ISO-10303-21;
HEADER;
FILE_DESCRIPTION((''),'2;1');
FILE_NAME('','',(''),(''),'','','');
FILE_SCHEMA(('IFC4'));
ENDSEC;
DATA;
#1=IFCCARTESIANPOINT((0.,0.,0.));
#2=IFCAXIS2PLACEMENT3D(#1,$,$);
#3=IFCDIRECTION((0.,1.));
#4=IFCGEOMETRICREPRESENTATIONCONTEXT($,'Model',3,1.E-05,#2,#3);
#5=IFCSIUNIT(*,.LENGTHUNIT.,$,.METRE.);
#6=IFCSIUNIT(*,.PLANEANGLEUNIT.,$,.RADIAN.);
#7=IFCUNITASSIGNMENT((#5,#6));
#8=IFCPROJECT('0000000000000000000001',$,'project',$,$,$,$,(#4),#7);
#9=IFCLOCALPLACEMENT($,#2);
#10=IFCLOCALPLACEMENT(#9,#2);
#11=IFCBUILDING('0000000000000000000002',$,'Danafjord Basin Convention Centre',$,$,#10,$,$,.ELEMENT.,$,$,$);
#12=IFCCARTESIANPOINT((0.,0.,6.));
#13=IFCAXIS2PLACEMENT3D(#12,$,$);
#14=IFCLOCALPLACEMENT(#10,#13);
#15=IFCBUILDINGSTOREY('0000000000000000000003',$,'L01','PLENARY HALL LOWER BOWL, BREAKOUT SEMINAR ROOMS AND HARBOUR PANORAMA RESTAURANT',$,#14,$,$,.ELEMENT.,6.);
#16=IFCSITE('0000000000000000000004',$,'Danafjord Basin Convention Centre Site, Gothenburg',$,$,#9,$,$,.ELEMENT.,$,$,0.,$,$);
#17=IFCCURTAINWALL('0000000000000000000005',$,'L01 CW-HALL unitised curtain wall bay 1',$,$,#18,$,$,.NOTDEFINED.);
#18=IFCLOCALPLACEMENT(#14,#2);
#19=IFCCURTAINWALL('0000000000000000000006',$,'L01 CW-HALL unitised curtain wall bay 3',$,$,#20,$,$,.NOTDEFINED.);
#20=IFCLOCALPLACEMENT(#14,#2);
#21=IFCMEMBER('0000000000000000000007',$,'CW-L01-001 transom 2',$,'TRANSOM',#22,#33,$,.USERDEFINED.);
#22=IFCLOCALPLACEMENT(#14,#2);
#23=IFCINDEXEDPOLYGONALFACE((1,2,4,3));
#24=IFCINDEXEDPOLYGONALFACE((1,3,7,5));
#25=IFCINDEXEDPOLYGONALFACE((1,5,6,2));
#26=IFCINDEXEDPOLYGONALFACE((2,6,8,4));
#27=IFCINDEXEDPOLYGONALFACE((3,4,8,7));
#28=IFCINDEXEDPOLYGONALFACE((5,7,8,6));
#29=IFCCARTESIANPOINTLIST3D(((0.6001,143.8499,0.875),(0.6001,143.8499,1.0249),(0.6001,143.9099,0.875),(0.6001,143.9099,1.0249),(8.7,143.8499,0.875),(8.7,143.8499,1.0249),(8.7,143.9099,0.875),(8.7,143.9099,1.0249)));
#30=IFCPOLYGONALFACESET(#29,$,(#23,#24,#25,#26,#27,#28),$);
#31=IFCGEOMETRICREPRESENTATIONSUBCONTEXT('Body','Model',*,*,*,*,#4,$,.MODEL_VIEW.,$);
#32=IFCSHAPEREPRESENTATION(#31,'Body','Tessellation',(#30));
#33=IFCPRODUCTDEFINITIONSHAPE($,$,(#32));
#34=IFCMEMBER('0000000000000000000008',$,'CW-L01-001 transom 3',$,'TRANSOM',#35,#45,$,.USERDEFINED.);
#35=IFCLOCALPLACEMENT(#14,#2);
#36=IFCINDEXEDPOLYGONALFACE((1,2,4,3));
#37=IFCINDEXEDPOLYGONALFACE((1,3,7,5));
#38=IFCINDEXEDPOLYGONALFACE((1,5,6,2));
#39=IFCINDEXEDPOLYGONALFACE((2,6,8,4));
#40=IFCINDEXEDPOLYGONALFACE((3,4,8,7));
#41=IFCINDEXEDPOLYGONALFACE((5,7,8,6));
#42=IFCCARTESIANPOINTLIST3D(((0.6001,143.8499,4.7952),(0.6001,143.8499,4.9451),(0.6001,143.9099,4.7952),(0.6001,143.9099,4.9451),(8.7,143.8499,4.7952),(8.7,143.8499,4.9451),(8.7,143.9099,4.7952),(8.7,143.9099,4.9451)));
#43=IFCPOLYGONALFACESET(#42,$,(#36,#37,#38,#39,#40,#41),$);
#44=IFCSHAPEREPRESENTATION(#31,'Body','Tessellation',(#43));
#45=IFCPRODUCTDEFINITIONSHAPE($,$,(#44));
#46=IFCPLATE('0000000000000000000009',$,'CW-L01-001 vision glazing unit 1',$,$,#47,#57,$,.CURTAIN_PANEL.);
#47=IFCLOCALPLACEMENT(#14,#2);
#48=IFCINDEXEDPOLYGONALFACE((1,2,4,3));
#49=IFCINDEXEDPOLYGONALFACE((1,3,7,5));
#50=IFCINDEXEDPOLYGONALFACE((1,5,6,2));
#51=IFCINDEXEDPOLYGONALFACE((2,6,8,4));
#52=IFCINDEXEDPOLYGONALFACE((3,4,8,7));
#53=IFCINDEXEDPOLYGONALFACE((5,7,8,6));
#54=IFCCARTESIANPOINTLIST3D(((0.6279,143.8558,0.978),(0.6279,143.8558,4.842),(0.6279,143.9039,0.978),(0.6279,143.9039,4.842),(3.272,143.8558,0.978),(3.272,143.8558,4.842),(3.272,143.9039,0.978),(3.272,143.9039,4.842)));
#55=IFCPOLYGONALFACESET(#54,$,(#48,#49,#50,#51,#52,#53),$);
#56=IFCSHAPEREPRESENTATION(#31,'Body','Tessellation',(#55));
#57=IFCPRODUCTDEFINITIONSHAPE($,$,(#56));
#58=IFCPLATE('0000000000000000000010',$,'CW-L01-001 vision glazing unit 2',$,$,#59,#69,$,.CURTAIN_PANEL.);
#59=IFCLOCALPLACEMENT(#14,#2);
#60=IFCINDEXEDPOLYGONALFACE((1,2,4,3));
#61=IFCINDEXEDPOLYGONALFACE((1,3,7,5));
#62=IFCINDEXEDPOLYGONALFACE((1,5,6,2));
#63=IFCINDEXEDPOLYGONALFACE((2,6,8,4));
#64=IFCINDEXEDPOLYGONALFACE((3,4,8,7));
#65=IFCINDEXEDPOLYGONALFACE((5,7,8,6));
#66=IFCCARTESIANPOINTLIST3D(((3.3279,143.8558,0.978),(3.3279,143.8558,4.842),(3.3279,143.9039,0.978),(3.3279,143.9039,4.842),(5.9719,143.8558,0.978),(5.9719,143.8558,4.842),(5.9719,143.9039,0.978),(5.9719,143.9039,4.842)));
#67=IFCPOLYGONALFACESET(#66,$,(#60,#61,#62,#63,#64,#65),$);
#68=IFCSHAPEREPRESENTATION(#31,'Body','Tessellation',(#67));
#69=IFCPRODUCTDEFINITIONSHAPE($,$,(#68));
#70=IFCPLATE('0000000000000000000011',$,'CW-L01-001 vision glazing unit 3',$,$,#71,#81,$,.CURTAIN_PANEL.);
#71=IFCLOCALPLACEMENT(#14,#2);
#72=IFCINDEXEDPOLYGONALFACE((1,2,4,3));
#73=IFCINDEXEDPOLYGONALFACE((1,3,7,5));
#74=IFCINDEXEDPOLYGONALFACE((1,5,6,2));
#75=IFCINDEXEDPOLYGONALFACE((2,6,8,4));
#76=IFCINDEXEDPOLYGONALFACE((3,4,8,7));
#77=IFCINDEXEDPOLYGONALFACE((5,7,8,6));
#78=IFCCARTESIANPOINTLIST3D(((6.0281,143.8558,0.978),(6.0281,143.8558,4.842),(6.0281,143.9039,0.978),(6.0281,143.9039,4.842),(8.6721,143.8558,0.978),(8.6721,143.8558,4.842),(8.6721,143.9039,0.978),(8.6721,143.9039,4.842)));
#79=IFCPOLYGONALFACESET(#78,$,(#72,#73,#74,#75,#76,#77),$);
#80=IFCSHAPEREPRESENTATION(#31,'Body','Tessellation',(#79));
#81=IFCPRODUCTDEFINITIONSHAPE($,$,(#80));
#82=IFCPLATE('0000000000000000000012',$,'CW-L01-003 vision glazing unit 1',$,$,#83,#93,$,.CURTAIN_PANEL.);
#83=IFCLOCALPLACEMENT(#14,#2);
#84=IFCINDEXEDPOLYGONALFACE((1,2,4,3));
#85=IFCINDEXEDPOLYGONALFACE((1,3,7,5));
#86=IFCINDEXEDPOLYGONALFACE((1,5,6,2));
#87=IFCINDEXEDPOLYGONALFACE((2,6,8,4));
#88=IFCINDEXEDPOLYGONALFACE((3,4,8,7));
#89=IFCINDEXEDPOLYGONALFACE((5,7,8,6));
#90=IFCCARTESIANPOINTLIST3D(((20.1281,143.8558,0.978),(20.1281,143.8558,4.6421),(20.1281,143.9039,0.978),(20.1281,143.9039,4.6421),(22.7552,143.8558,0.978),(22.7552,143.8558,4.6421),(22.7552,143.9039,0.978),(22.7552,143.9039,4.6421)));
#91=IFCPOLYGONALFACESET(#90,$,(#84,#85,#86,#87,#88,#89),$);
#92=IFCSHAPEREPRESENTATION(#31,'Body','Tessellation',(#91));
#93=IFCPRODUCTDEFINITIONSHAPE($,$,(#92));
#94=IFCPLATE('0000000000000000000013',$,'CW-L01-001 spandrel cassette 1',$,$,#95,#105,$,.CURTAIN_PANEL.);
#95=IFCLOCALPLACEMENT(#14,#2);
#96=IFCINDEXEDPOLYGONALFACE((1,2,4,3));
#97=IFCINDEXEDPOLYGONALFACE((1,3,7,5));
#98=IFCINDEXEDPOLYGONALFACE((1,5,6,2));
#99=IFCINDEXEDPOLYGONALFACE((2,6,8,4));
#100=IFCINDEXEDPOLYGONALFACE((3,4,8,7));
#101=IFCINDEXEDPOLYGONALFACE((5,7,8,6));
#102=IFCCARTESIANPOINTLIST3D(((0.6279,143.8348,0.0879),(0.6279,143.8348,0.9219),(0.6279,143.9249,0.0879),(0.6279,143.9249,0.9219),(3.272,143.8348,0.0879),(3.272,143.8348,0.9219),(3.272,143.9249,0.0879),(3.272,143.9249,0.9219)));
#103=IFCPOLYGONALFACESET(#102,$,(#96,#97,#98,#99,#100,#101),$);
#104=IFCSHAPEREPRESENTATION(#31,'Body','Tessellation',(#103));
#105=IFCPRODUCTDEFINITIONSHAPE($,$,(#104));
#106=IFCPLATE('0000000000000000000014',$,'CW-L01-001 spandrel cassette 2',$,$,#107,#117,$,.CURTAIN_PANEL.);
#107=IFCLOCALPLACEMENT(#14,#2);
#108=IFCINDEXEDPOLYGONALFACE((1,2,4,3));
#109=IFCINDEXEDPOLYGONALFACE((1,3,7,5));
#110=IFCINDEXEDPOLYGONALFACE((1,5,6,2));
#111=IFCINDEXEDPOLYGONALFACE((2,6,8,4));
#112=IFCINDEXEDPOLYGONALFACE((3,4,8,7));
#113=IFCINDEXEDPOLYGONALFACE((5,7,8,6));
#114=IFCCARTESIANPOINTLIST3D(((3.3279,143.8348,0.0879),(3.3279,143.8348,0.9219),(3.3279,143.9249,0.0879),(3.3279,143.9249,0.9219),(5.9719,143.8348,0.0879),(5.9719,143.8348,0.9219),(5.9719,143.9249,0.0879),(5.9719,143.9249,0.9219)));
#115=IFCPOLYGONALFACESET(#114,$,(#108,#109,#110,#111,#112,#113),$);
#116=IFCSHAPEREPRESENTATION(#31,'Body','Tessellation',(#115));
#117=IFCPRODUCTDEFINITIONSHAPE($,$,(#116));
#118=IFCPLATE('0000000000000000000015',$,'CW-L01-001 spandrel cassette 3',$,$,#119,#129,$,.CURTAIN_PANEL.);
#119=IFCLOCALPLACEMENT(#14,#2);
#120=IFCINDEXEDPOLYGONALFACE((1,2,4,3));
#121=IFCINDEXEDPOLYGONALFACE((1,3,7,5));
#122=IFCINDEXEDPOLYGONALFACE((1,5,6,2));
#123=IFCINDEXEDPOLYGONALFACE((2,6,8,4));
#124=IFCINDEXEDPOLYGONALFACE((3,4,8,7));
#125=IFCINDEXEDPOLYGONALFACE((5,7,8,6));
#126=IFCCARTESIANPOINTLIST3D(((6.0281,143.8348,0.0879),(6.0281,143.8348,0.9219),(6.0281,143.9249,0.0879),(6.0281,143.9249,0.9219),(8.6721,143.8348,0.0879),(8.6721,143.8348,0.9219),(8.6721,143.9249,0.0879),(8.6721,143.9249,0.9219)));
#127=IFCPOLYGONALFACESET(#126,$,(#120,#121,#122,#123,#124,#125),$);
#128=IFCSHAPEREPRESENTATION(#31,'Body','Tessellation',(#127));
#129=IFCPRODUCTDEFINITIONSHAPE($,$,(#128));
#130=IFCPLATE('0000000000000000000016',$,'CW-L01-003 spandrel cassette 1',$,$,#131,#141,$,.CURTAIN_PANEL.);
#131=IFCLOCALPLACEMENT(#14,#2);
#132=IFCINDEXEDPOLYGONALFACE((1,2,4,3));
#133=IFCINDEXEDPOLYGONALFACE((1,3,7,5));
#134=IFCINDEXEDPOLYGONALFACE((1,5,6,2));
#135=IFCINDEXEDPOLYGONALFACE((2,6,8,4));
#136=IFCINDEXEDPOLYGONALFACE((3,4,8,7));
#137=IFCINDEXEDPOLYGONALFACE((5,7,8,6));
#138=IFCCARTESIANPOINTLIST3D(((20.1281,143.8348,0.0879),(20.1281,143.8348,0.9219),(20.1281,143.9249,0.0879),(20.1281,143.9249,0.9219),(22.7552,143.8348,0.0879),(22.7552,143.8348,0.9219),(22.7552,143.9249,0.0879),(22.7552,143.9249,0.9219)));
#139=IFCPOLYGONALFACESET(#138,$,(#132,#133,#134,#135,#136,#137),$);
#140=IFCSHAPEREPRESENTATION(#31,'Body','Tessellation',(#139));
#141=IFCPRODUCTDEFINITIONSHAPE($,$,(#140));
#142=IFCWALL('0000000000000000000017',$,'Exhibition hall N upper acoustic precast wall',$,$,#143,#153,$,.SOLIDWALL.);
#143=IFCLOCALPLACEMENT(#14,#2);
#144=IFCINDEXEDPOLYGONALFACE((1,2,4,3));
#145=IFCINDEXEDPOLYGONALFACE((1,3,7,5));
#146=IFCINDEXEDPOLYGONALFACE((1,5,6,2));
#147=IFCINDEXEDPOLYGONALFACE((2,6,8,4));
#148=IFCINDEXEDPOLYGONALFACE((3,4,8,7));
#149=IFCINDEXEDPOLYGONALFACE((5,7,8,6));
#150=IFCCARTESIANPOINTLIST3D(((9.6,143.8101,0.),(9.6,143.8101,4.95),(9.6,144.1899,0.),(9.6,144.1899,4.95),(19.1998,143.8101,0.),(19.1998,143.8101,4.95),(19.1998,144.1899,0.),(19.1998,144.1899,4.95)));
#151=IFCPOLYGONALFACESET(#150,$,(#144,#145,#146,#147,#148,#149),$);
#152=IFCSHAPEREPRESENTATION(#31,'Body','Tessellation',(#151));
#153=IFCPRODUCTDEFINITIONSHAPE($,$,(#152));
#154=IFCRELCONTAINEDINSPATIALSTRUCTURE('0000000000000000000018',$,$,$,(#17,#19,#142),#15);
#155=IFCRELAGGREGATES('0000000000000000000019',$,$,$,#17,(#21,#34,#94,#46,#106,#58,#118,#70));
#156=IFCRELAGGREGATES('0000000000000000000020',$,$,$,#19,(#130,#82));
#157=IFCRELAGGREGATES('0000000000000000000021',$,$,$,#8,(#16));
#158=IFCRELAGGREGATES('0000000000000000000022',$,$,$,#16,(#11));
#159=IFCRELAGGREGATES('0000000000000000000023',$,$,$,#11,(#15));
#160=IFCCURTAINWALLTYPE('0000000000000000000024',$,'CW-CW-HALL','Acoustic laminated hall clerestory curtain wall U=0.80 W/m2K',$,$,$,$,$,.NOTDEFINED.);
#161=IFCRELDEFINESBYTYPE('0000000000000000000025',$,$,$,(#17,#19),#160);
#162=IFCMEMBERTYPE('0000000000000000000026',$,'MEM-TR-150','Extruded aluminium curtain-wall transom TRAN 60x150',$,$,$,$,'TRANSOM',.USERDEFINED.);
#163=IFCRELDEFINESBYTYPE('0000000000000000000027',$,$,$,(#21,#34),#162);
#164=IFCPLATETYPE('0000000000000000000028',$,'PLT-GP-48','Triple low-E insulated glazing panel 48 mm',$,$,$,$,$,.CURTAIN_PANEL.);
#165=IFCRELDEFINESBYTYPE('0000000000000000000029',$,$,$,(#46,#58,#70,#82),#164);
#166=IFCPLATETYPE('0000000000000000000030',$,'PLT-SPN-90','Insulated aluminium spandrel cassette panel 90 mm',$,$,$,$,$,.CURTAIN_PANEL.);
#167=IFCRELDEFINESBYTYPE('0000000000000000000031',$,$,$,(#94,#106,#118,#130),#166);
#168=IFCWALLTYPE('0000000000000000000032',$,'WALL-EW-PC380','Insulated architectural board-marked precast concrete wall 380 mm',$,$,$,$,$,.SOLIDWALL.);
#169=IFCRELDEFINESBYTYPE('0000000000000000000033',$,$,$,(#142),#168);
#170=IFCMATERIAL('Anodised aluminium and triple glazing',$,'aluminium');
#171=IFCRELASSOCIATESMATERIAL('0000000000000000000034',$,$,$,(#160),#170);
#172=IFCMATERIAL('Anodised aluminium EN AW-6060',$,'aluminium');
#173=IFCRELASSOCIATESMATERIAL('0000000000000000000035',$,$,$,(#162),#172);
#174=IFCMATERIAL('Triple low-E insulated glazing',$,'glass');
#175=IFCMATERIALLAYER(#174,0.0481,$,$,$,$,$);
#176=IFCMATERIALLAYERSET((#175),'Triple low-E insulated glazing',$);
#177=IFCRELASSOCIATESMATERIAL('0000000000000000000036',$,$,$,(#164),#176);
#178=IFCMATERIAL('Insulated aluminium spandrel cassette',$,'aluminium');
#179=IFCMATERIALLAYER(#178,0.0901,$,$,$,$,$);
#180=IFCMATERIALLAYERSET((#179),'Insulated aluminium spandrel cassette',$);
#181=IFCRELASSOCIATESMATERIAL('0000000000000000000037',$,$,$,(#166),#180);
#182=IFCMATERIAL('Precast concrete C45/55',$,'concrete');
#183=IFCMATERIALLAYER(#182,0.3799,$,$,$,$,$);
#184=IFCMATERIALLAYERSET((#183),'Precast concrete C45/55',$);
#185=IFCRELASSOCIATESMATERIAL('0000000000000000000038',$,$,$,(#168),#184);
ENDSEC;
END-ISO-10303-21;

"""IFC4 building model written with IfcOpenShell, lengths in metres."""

from ifc_helpers import new_model, si_unit, direction, frame, frame_2d, origin, origin_2d, place, context, subcontext, project, spatial, rectangle, extrude, material, layer, layer_set, material_profile, profile_set, type_object, element, aggregate, save


model = new_model("IFC4")

# Units and contexts
model_context = context("Model", 3, precision=1e-05, world=origin(), true_north=direction((0.0, 1.0)))
body_context = subcontext(model_context, "Body", "Model", "MODEL_VIEW")
ifc_project = project(units=[si_unit("LENGTHUNIT", "METRE"), si_unit("PLANEANGLEUNIT", "RADIAN")], contexts=[model_context])

# Site, building, storey
site_placement = place(None, origin())
site = spatial("IfcSite", under=ifc_project, at=site_placement, Name="Danafjord Basin Convention Centre Site, Gothenburg", CompositionType="ELEMENT", RefElevation=0.0)
building_placement = place(site_placement, origin())
building = spatial("IfcBuilding", under=site, at=building_placement, Name="Danafjord Basin Convention Centre", CompositionType="ELEMENT")
storey_placement = place(building_placement, frame((0.0, 0.0, 6.0)))
storey = spatial("IfcBuildingStorey", under=building, at=storey_placement, Name="L01", Description="PLENARY HALL LOWER BOWL, BREAKOUT SEMINAR ROOMS AND HARBOUR PANORAMA RESTAURANT", CompositionType="ELEMENT", Elevation=6.0)

# Shared definitions
ifc_material_1 = material(Name="Precast concrete C45/55", Category="concrete")

# Curtain walls
ifc_material_2 = material(Name="Anodised aluminium and triple glazing", Category="aluminium")
curtain_wall_type = type_object("IfcCurtainWallType", Name="CW-CW-HALL", Description="Acoustic laminated hall clerestory curtain wall U=0.80 W/m2K", PredefinedType="NOTDEFINED", material=ifc_material_2)
curtain_wall_1_placement = place(storey_placement, origin())
curtain_wall_1 = element("IfcCurtainWall", 1, at=curtain_wall_1_placement, inside=storey, type_object=curtain_wall_type, Name="L01 CW-HALL unitised curtain wall bay 1", PredefinedType="NOTDEFINED")
ifc_material_3 = material(Name="Anodised aluminium EN AW-6060", Category="aluminium")
curtain_wall_2_placement = place(storey_placement, origin())
curtain_wall_2 = element("IfcCurtainWall", 2, at=curtain_wall_2_placement, inside=storey, type_object=curtain_wall_type, Name="L01 CW-HALL unitised curtain wall bay 3", PredefinedType="NOTDEFINED")

# Members
ifc_material_profile_1 = material_profile(ifc_material_3, rectangle(XDim=0.0601, YDim=0.1499, at=origin_2d()), Name="TRAN 60x150")
ifc_profile_set_1 = profile_set([ifc_material_profile_1], Name="Anodised aluminium EN AW-6060")
member_type_1 = type_object("IfcMemberType", Name="MEM-TR-150", Description="Extruded aluminium curtain-wall transom TRAN 60x150", ElementType="TRANSOM", PredefinedType="USERDEFINED", material=ifc_profile_set_1)
member_1_placement = place(storey_placement, frame((0.6001, 143.8799, 0.95), z_axis=(1.0, 0.0, 0.0), x_axis=(0.0, 1.0, 0.0)))
member_1 = element("IfcMember", 3, at=member_1_placement, type_object=member_type_1, Name="CW-L01-001 transom 2", ObjectType="TRANSOM", PredefinedType="USERDEFINED", context=body_context, shape_type="SweptSolid", body=[
    extrude(rectangle(XDim=0.0601, YDim=0.1499, at=origin_2d()), origin(), (0.0, 0.0, 1.0), 8.0999),
])
member_2_placement = place(storey_placement, frame((0.6001, 143.8799, 4.8701), z_axis=(1.0, 0.0, 0.0), x_axis=(0.0, 1.0, 0.0)))
member_2 = element("IfcMember", 4, at=member_2_placement, type_object=member_type_1, Name="CW-L01-001 transom 3", ObjectType="TRANSOM", PredefinedType="USERDEFINED", context=body_context, shape_type="SweptSolid", body=[
    extrude(rectangle(XDim=0.0601, YDim=0.1499, at=origin_2d()), origin(), (0.0, 0.0, 1.0), 8.0999),
])

# Plates
ifc_material_4 = material(Name="Triple low-E insulated glazing", Category="glass")
ifc_layer_1 = layer(ifc_material_4, 0.0481)
ifc_layer_set_1 = layer_set([ifc_layer_1], Name="Triple low-E insulated glazing")
plate_type_1 = type_object("IfcPlateType", Name="PLT-GP-48", Description="Triple low-E insulated glazing panel 48 mm", PredefinedType="CURTAIN_PANEL", material=ifc_layer_set_1)
plate_1_placement = place(storey_placement, frame((1.95, 143.8799, 0.978), z_axis=(0.0, 0.0, 1.0), x_axis=(1.0, 0.0, 0.0)))
plate_1 = element("IfcPlate", 5, at=plate_1_placement, type_object=plate_type_1, Name="CW-L01-001 vision glazing unit 1", PredefinedType="CURTAIN_PANEL", context=body_context, shape_type="SweptSolid", body=[
    extrude(rectangle(XDim=2.644, YDim=0.0481, at=origin_2d()), origin(), (0.0, 0.0, 1.0), 3.864),
])
plate_2_placement = place(storey_placement, frame((4.6499, 143.8799, 0.978), z_axis=(0.0, 0.0, 1.0), x_axis=(1.0, 0.0, 0.0)))
plate_2 = element("IfcPlate", 6, at=plate_2_placement, type_object=plate_type_1, Name="CW-L01-001 vision glazing unit 2", PredefinedType="CURTAIN_PANEL", context=body_context, shape_type="SweptSolid", body=[
    extrude(rectangle(XDim=2.644, YDim=0.0481, at=origin_2d()), origin(), (0.0, 0.0, 1.0), 3.864),
])
plate_3_placement = place(storey_placement, frame((7.3501, 143.8799, 0.978), z_axis=(0.0, 0.0, 1.0), x_axis=(1.0, 0.0, 0.0)))
plate_3 = element("IfcPlate", 7, at=plate_3_placement, type_object=plate_type_1, Name="CW-L01-001 vision glazing unit 3", PredefinedType="CURTAIN_PANEL", context=body_context, shape_type="SweptSolid", body=[
    extrude(rectangle(XDim=2.644, YDim=0.0481, at=origin_2d()), origin(), (0.0, 0.0, 1.0), 3.864),
])
plate_4_placement = place(storey_placement, frame((21.4417, 143.8799, 0.978), z_axis=(0.0, 0.0, 1.0), x_axis=(1.0, 0.0, 0.0)))
plate_4 = element("IfcPlate", 8, at=plate_4_placement, type_object=plate_type_1, Name="CW-L01-003 vision glazing unit 1", PredefinedType="CURTAIN_PANEL", context=body_context, shape_type="SweptSolid", body=[
    extrude(rectangle(XDim=2.6272, YDim=0.0481, at=origin_2d()), origin(), (0.0, 0.0, 1.0), 3.6641),
])
ifc_material_5 = material(Name="Insulated aluminium spandrel cassette", Category="aluminium")
ifc_layer_2 = layer(ifc_material_5, 0.0901)
ifc_layer_set_2 = layer_set([ifc_layer_2], Name="Insulated aluminium spandrel cassette")
plate_type_2 = type_object("IfcPlateType", Name="PLT-SPN-90", Description="Insulated aluminium spandrel cassette panel 90 mm", PredefinedType="CURTAIN_PANEL", material=ifc_layer_set_2)
plate_5_placement = place(storey_placement, frame((1.95, 143.8799, 0.0879), z_axis=(0.0, 0.0, 1.0), x_axis=(1.0, 0.0, 0.0)))
plate_5 = element("IfcPlate", 9, at=plate_5_placement, type_object=plate_type_2, Name="CW-L01-001 spandrel cassette 1", PredefinedType="CURTAIN_PANEL", context=body_context, shape_type="SweptSolid", body=[
    extrude(rectangle(XDim=2.644, YDim=0.0901, at=origin_2d()), origin(), (0.0, 0.0, 1.0), 0.834),
])
plate_6_placement = place(storey_placement, frame((4.6499, 143.8799, 0.0879), z_axis=(0.0, 0.0, 1.0), x_axis=(1.0, 0.0, 0.0)))
plate_6 = element("IfcPlate", 10, at=plate_6_placement, type_object=plate_type_2, Name="CW-L01-001 spandrel cassette 2", PredefinedType="CURTAIN_PANEL", context=body_context, shape_type="SweptSolid", body=[
    extrude(rectangle(XDim=2.644, YDim=0.0901, at=origin_2d()), origin(), (0.0, 0.0, 1.0), 0.834),
])
plate_7_placement = place(storey_placement, frame((7.3501, 143.8799, 0.0879), z_axis=(0.0, 0.0, 1.0), x_axis=(1.0, 0.0, 0.0)))
plate_7 = element("IfcPlate", 11, at=plate_7_placement, type_object=plate_type_2, Name="CW-L01-001 spandrel cassette 3", PredefinedType="CURTAIN_PANEL", context=body_context, shape_type="SweptSolid", body=[
    extrude(rectangle(XDim=2.644, YDim=0.0901, at=origin_2d()), origin(), (0.0, 0.0, 1.0), 0.834),
])
aggregate(curtain_wall_1, [member_1, member_2, plate_5, plate_1, plate_6, plate_2, plate_7, plate_3])
plate_8_placement = place(storey_placement, frame((21.4417, 143.8799, 0.0879), z_axis=(0.0, 0.0, 1.0), x_axis=(1.0, 0.0, 0.0)))
plate_8 = element("IfcPlate", 12, at=plate_8_placement, type_object=plate_type_2, Name="CW-L01-003 spandrel cassette 1", PredefinedType="CURTAIN_PANEL", context=body_context, shape_type="SweptSolid", body=[
    extrude(rectangle(XDim=2.6272, YDim=0.0901, at=origin_2d()), origin(), (0.0, 0.0, 1.0), 0.834),
])
aggregate(curtain_wall_2, [plate_8, plate_4])

# Wall
ifc_layer_3 = layer(ifc_material_1, 0.3799)
ifc_layer_set_3 = layer_set([ifc_layer_3], Name="Precast concrete C45/55")
wall_type = type_object("IfcWallType", Name="WALL-EW-PC380", Description="Insulated architectural board-marked precast concrete wall 380 mm", PredefinedType="SOLIDWALL", material=ifc_layer_set_3)
wall_placement = place(storey_placement, frame((9.6001, 144.0, 0.0), z_axis=(0.0, 0.0, 1.0), x_axis=(1.0, 0.0, 0.0)))
element("IfcWall", 13, at=wall_placement, inside=storey, type_object=wall_type, Name="Exhibition hall N upper acoustic precast wall", PredefinedType="SOLIDWALL", context=body_context, shape_type="SweptSolid", body=[
    extrude(rectangle(XDim=9.5999, YDim=0.3799, at=frame_2d((4.7998, 0.0))), origin(), (0.0, 0.0, 1.0), 4.95),
])

save(model, "model.ifc")
